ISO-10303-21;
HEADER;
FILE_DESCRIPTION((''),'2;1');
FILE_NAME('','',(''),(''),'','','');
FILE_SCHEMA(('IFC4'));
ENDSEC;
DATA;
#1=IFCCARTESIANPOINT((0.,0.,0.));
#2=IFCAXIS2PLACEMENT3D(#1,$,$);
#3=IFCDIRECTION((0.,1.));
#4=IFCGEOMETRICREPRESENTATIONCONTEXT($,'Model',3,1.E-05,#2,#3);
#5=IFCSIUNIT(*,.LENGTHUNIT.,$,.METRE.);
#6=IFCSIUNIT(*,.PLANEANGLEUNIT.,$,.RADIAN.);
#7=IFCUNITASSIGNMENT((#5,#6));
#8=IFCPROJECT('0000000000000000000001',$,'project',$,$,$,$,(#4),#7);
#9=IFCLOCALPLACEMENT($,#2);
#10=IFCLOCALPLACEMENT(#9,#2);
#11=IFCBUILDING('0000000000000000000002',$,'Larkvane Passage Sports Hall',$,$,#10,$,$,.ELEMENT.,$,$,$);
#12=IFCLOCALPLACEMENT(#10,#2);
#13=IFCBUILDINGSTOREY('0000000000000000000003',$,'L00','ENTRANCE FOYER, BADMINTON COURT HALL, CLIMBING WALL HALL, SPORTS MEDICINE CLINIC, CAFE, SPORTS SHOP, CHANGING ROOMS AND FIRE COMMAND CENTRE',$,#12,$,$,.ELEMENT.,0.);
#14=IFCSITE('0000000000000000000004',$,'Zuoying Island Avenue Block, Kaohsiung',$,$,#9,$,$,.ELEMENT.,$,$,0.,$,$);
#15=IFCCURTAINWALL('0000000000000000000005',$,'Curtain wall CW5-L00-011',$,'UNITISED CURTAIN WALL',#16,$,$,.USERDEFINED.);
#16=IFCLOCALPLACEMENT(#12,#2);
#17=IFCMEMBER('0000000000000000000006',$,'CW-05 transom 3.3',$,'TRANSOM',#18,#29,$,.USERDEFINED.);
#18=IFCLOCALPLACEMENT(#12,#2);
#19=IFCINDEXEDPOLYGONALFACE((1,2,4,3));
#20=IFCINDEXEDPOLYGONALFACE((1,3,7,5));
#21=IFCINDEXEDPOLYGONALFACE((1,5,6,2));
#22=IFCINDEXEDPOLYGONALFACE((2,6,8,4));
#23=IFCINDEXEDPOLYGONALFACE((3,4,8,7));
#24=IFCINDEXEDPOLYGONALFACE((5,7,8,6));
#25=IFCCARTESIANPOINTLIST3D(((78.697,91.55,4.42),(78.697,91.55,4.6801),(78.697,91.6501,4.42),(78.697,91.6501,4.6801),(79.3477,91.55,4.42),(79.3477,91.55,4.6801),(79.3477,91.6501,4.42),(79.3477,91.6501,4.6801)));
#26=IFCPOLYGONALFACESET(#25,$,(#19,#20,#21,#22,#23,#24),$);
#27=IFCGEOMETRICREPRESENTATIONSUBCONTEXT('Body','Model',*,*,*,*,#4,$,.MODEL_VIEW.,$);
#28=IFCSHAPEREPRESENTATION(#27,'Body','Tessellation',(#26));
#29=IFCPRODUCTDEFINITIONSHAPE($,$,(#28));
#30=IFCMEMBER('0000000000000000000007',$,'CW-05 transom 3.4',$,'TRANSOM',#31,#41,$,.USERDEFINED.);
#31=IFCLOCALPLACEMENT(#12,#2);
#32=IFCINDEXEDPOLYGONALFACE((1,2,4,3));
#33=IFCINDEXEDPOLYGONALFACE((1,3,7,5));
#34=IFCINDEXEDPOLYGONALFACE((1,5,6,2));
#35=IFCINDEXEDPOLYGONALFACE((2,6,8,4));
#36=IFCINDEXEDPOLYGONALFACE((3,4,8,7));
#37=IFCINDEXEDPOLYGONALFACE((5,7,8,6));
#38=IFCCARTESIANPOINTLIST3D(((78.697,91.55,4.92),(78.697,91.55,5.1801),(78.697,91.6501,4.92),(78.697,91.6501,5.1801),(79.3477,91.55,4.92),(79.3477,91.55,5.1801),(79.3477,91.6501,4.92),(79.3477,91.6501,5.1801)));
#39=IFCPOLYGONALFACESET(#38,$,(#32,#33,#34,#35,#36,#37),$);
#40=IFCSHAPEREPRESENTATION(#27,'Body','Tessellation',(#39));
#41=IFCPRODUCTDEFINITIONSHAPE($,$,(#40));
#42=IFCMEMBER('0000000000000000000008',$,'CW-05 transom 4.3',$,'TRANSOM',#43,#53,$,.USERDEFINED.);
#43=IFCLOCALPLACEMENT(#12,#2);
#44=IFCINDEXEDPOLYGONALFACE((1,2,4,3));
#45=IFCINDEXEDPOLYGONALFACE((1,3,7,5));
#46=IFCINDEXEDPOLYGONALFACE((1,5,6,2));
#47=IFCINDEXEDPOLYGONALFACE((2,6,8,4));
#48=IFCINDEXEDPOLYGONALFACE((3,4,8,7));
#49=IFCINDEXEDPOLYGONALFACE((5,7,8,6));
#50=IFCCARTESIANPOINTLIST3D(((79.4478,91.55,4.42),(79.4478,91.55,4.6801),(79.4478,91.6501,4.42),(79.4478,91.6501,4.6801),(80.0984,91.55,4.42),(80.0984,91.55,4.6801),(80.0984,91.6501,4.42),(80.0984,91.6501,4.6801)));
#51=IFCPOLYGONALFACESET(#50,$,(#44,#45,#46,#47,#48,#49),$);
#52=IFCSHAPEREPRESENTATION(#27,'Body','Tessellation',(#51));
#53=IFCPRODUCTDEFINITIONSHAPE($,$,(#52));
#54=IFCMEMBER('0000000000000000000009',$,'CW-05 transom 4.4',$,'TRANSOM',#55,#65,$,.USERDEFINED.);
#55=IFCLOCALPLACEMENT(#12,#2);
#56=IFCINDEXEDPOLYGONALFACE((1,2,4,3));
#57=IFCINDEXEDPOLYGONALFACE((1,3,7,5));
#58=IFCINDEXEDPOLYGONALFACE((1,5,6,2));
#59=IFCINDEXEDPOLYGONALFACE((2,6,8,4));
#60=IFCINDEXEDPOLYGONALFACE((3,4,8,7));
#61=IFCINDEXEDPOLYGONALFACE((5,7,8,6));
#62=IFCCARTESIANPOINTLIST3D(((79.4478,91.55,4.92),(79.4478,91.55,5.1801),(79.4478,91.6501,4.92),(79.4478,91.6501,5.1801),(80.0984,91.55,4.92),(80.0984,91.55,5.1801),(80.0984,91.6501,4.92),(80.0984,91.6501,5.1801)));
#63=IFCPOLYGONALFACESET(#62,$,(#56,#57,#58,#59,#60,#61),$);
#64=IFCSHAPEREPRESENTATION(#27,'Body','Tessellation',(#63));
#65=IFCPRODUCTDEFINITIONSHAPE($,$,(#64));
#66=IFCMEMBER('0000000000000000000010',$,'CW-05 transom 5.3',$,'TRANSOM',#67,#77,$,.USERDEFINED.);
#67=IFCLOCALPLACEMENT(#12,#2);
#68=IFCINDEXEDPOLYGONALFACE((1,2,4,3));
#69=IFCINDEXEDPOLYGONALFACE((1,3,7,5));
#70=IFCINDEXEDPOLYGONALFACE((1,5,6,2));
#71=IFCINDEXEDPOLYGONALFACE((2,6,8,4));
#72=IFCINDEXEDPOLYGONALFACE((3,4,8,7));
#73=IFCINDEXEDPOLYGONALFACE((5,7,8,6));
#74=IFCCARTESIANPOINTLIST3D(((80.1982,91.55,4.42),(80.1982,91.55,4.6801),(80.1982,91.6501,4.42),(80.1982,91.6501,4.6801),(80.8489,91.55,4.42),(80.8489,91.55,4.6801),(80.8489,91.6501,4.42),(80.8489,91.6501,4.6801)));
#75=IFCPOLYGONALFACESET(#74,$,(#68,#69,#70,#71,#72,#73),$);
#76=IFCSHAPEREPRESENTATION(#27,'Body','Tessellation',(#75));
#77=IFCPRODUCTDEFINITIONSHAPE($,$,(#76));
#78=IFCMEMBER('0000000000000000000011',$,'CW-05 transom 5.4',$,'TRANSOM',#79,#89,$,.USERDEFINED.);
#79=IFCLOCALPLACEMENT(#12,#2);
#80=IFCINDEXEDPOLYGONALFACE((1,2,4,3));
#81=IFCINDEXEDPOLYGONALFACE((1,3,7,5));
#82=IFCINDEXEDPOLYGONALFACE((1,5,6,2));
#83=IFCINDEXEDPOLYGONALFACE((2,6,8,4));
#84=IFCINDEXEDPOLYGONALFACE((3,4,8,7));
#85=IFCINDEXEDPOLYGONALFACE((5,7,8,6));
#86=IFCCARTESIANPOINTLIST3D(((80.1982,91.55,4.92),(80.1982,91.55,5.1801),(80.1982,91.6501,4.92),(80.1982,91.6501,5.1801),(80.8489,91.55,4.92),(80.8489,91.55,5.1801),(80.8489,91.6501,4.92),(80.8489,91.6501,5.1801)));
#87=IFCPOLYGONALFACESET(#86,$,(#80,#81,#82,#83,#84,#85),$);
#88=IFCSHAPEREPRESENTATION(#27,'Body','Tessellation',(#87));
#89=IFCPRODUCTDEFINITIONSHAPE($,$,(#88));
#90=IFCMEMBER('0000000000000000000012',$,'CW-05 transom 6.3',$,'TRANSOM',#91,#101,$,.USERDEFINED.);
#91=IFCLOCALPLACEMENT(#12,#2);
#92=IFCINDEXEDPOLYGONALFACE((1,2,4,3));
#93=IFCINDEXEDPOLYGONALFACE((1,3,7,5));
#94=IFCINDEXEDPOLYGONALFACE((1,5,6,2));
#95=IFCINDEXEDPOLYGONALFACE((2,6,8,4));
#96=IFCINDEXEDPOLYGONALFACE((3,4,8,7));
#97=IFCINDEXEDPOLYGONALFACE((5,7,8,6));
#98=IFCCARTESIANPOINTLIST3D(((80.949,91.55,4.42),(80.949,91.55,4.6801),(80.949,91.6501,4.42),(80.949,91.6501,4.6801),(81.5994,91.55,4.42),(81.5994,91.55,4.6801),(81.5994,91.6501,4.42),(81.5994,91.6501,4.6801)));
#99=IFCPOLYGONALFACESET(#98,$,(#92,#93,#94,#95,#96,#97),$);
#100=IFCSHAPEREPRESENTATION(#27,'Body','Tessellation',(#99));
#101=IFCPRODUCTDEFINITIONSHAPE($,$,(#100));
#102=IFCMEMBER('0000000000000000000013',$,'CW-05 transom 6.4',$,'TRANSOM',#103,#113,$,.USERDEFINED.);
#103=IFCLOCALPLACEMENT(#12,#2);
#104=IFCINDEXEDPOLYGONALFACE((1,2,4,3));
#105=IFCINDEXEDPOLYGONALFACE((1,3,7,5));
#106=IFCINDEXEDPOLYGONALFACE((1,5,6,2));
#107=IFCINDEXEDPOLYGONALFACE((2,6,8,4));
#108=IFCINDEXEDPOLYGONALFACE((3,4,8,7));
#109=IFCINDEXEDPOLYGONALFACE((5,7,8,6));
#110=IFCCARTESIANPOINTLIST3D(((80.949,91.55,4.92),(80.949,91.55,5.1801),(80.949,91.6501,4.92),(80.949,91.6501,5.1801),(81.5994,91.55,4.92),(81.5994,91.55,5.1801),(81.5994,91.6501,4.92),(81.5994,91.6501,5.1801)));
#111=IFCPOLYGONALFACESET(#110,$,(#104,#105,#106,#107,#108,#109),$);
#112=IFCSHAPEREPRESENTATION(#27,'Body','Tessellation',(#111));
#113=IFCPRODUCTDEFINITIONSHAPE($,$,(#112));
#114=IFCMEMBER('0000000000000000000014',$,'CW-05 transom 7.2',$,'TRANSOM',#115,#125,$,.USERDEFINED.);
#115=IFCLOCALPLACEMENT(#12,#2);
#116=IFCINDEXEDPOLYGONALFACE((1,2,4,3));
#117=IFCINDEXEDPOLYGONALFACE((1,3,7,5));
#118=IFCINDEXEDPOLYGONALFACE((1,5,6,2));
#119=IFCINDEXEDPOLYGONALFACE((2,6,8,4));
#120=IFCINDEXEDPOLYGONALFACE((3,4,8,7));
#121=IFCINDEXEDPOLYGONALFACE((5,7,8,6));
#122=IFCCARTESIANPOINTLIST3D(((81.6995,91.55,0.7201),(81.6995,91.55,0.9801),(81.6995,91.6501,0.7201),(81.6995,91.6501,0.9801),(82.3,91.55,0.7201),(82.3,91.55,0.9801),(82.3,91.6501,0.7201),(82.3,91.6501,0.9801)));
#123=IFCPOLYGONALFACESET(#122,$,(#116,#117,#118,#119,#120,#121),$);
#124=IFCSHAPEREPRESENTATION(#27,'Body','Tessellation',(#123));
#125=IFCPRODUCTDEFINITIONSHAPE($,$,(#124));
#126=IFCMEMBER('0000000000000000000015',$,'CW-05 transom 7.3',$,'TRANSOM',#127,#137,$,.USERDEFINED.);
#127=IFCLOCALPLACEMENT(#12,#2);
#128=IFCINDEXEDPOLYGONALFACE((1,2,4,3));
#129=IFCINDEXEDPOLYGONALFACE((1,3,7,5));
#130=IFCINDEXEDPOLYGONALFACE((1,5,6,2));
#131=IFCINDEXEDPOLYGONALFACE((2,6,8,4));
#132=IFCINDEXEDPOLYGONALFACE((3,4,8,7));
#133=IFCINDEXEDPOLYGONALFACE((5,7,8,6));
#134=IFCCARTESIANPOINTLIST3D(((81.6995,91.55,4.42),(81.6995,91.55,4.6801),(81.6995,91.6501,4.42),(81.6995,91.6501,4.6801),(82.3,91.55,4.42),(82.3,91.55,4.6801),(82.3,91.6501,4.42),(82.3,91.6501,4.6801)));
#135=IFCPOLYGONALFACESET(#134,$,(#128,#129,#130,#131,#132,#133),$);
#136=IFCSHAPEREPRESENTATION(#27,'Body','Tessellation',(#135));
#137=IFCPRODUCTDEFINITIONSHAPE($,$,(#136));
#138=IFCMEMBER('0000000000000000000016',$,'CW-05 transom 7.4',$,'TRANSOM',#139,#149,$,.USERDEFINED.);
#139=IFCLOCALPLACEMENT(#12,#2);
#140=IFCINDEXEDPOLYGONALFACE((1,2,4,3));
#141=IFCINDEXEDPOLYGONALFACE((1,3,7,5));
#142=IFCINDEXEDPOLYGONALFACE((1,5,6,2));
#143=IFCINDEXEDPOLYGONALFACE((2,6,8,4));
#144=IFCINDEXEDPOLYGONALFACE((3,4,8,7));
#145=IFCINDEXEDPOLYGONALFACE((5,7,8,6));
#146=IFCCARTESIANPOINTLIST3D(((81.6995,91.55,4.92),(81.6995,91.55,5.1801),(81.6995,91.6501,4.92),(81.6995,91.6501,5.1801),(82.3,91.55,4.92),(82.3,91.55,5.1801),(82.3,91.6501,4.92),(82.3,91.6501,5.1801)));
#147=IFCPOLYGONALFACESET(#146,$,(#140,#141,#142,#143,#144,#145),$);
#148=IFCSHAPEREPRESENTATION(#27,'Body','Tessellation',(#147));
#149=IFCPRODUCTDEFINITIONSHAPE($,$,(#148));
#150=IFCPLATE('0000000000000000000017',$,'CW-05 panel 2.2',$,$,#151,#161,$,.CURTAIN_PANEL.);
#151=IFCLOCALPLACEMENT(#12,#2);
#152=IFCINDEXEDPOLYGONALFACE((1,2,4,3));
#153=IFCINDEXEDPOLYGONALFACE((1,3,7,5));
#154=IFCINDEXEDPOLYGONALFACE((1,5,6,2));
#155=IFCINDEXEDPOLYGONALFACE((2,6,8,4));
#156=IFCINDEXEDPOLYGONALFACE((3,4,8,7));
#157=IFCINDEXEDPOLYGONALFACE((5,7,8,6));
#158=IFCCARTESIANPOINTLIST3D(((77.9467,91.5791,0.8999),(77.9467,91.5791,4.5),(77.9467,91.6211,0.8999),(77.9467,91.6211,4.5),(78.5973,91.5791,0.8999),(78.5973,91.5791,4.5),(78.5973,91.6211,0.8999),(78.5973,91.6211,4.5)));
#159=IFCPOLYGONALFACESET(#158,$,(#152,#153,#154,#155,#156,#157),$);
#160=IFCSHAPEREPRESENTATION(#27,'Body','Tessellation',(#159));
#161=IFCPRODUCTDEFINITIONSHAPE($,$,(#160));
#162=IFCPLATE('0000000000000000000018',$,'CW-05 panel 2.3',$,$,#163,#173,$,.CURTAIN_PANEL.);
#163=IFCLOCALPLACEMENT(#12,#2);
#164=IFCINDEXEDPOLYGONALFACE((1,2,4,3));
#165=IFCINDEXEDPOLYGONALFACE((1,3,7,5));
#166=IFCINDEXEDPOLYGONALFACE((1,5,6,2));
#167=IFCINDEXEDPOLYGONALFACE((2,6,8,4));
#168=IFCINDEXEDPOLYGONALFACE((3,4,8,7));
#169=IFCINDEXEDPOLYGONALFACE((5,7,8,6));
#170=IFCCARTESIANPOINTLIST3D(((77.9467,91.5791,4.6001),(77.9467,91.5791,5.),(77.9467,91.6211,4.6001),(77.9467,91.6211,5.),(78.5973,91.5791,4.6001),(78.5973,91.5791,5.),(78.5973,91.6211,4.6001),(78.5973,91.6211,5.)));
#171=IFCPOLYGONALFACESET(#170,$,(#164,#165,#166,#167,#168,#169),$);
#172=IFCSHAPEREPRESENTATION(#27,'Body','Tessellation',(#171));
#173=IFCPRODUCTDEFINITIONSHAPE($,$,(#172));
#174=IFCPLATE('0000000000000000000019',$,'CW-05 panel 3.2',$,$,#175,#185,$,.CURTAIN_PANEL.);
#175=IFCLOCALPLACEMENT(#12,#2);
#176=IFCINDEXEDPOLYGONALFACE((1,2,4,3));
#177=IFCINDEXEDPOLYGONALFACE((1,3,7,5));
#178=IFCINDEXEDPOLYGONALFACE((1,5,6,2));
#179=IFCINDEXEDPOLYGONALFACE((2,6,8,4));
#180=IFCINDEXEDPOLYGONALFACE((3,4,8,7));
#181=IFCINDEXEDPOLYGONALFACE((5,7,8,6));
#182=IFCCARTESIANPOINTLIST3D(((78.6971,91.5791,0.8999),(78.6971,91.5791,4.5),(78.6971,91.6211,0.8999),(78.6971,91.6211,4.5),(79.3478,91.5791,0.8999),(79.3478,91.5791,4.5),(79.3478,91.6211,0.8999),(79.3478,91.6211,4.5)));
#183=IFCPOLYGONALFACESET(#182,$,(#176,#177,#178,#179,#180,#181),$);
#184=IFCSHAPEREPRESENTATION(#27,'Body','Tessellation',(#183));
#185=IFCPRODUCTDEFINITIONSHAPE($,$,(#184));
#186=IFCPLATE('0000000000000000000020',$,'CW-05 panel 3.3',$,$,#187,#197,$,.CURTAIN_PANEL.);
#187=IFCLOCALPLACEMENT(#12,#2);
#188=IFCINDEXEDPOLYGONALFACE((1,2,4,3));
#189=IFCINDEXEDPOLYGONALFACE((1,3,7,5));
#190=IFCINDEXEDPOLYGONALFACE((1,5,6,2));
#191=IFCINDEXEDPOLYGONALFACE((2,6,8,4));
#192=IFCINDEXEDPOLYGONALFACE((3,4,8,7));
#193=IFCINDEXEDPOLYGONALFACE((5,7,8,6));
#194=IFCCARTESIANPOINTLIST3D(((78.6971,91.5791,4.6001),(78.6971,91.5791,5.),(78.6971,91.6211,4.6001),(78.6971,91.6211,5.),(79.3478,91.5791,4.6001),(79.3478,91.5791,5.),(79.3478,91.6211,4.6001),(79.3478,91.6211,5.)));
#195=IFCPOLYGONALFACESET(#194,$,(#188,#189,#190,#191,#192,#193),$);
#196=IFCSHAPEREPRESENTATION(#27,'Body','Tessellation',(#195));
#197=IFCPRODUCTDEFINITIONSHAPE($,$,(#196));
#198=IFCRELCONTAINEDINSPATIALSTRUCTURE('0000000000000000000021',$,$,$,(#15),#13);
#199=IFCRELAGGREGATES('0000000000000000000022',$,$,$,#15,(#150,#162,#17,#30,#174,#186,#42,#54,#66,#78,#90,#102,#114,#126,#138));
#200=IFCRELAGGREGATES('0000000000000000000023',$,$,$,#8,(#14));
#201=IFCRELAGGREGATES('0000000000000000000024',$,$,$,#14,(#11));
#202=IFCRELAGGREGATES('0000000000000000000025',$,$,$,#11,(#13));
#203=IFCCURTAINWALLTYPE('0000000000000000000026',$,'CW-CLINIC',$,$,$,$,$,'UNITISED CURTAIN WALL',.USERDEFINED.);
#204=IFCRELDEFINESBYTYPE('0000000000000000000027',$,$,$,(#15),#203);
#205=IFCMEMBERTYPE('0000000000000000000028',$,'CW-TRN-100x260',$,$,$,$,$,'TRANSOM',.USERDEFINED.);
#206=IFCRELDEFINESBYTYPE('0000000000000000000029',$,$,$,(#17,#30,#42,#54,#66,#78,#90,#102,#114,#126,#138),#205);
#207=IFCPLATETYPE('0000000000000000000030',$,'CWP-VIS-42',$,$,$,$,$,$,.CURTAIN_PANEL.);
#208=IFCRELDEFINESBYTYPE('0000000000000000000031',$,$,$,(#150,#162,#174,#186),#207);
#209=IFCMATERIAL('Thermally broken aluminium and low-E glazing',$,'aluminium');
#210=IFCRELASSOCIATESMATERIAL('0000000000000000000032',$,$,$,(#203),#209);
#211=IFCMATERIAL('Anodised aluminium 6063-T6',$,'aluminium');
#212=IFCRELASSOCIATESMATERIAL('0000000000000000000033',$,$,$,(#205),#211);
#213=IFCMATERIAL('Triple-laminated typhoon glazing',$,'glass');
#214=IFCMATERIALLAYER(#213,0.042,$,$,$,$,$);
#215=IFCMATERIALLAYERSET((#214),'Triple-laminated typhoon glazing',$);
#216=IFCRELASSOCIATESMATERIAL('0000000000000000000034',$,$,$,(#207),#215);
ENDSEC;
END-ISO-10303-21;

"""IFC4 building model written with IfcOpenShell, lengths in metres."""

from ifc_helpers import new_model, si_unit, direction, frame, origin, origin_2d, place, context, subcontext, project, spatial, rectangle, extrude, material, layer, layer_set, material_profile, profile_set, type_object, element, aggregate, save


model = new_model("IFC4")

# Units and contexts
model_context = context("Model", 3, precision=1e-05, world=origin(), true_north=direction((0.0, 1.0)))
body_context = subcontext(model_context, "Body", "Model", "MODEL_VIEW")
ifc_project = project(units=[si_unit("LENGTHUNIT", "METRE"), si_unit("PLANEANGLEUNIT", "RADIAN")], contexts=[model_context])

# Site, building, storey
site_placement = place(None, origin())
site = spatial("IfcSite", under=ifc_project, at=site_placement, Name="Zuoying Island Avenue Block, Kaohsiung", CompositionType="ELEMENT", RefElevation=0.0)
building_placement = place(site_placement, origin())
building = spatial("IfcBuilding", under=site, at=building_placement, Name="Larkvane Passage Sports Hall", CompositionType="ELEMENT")
storey_placement = place(building_placement, origin())
storey = spatial("IfcBuildingStorey", under=building, at=storey_placement, Name="L00", Description="ENTRANCE FOYER, BADMINTON COURT HALL, CLIMBING WALL HALL, SPORTS MEDICINE CLINIC, CAFE, SPORTS SHOP, CHANGING ROOMS AND FIRE COMMAND CENTRE", CompositionType="ELEMENT", Elevation=0.0)

# Curtain wall, members, plates
ifc_material_1 = material(Name="Thermally broken aluminium and low-E glazing", Category="aluminium")
curtain_wall_type = type_object("IfcCurtainWallType", Name="CW-CLINIC", ElementType="UNITISED CURTAIN WALL", PredefinedType="USERDEFINED", material=ifc_material_1)
curtain_wall_placement = place(storey_placement, origin())
curtain_wall = element("IfcCurtainWall", 1, at=curtain_wall_placement, inside=storey, type_object=curtain_wall_type, Name="Curtain wall CW5-L00-011", ObjectType="UNITISED CURTAIN WALL", PredefinedType="USERDEFINED")
ifc_material_2 = material(Name="Anodised aluminium 6063-T6", Category="aluminium")
ifc_material_profile = material_profile(ifc_material_2, rectangle(XDim=0.1001, YDim=0.26, at=origin_2d()), Name="ALU-TRN-100x260")
ifc_profile_set = profile_set([ifc_material_profile], Name="Anodised aluminium 6063-T6")
member_type = type_object("IfcMemberType", Name="CW-TRN-100x260", ElementType="TRANSOM", PredefinedType="USERDEFINED", material=ifc_profile_set)
member_1_placement = place(storey_placement, frame((78.697, 91.6001, 4.55), z_axis=(1.0, 0.0, 0.0), x_axis=(0.0, 1.0, 0.0)))
member_1 = element("IfcMember", 2, at=member_1_placement, type_object=member_type, Name="CW-05 transom 3.3", ObjectType="TRANSOM", PredefinedType="USERDEFINED", context=body_context, shape_type="SweptSolid", body=[
    extrude(rectangle(XDim=0.1001, YDim=0.26, at=origin_2d()), origin(), (0.0, 0.0, 1.0), 0.6506),
])
member_2_placement = place(storey_placement, frame((78.697, 91.6001, 5.05), z_axis=(1.0, 0.0, 0.0), x_axis=(0.0, 1.0, 0.0)))
member_2 = element("IfcMember", 3, at=member_2_placement, type_object=member_type, Name="CW-05 transom 3.4", ObjectType="TRANSOM", PredefinedType="USERDEFINED", context=body_context, shape_type="SweptSolid", body=[
    extrude(rectangle(XDim=0.1001, YDim=0.26, at=origin_2d()), origin(), (0.0, 0.0, 1.0), 0.6506),
])
member_3_placement = place(storey_placement, frame((79.4478, 91.6001, 4.55), z_axis=(1.0, 0.0, 0.0), x_axis=(0.0, 1.0, 0.0)))
member_3 = element("IfcMember", 4, at=member_3_placement, type_object=member_type, Name="CW-05 transom 4.3", ObjectType="TRANSOM", PredefinedType="USERDEFINED", context=body_context, shape_type="SweptSolid", body=[
    extrude(rectangle(XDim=0.1001, YDim=0.26, at=origin_2d()), origin(), (0.0, 0.0, 1.0), 0.6506),
])
member_4_placement = place(storey_placement, frame((79.4478, 91.6001, 5.05), z_axis=(1.0, 0.0, 0.0), x_axis=(0.0, 1.0, 0.0)))
member_4 = element("IfcMember", 5, at=member_4_placement, type_object=member_type, Name="CW-05 transom 4.4", ObjectType="TRANSOM", PredefinedType="USERDEFINED", context=body_context, shape_type="SweptSolid", body=[
    extrude(rectangle(XDim=0.1001, YDim=0.26, at=origin_2d()), origin(), (0.0, 0.0, 1.0), 0.6506),
])
member_5_placement = place(storey_placement, frame((80.1982, 91.6001, 4.55), z_axis=(1.0, 0.0, 0.0), x_axis=(0.0, 1.0, 0.0)))
member_5 = element("IfcMember", 6, at=member_5_placement, type_object=member_type, Name="CW-05 transom 5.3", ObjectType="TRANSOM", PredefinedType="USERDEFINED", context=body_context, shape_type="SweptSolid", body=[
    extrude(rectangle(XDim=0.1001, YDim=0.26, at=origin_2d()), origin(), (0.0, 0.0, 1.0), 0.6506),
])
member_6_placement = place(storey_placement, frame((80.1982, 91.6001, 5.05), z_axis=(1.0, 0.0, 0.0), x_axis=(0.0, 1.0, 0.0)))
member_6 = element("IfcMember", 7, at=member_6_placement, type_object=member_type, Name="CW-05 transom 5.4", ObjectType="TRANSOM", PredefinedType="USERDEFINED", context=body_context, shape_type="SweptSolid", body=[
    extrude(rectangle(XDim=0.1001, YDim=0.26, at=origin_2d()), origin(), (0.0, 0.0, 1.0), 0.6506),
])
member_7_placement = place(storey_placement, frame((80.949, 91.6001, 4.55), z_axis=(1.0, 0.0, 0.0), x_axis=(0.0, 1.0, 0.0)))
member_7 = element("IfcMember", 8, at=member_7_placement, type_object=member_type, Name="CW-05 transom 6.3", ObjectType="TRANSOM", PredefinedType="USERDEFINED", context=body_context, shape_type="SweptSolid", body=[
    extrude(rectangle(XDim=0.1001, YDim=0.26, at=origin_2d()), origin(), (0.0, 0.0, 1.0), 0.6504),
])
member_8_placement = place(storey_placement, frame((80.949, 91.6001, 5.05), z_axis=(1.0, 0.0, 0.0), x_axis=(0.0, 1.0, 0.0)))
member_8 = element("IfcMember", 9, at=member_8_placement, type_object=member_type, Name="CW-05 transom 6.4", ObjectType="TRANSOM", PredefinedType="USERDEFINED", context=body_context, shape_type="SweptSolid", body=[
    extrude(rectangle(XDim=0.1001, YDim=0.26, at=origin_2d()), origin(), (0.0, 0.0, 1.0), 0.6504),
])
member_9_placement = place(storey_placement, frame((81.6995, 91.6001, 0.8501), z_axis=(1.0, 0.0, 0.0), x_axis=(0.0, 1.0, 0.0)))
member_9 = element("IfcMember", 10, at=member_9_placement, type_object=member_type, Name="CW-05 transom 7.2", ObjectType="TRANSOM", PredefinedType="USERDEFINED", context=body_context, shape_type="SweptSolid", body=[
    extrude(rectangle(XDim=0.1001, YDim=0.26, at=origin_2d()), origin(), (0.0, 0.0, 1.0), 0.6006),
])
member_10_placement = place(storey_placement, frame((81.6995, 91.6001, 4.55), z_axis=(1.0, 0.0, 0.0), x_axis=(0.0, 1.0, 0.0)))
member_10 = element("IfcMember", 11, at=member_10_placement, type_object=member_type, Name="CW-05 transom 7.3", ObjectType="TRANSOM", PredefinedType="USERDEFINED", context=body_context, shape_type="SweptSolid", body=[
    extrude(rectangle(XDim=0.1001, YDim=0.26, at=origin_2d()), origin(), (0.0, 0.0, 1.0), 0.6006),
])
member_11_placement = place(storey_placement, frame((81.6995, 91.6001, 5.05), z_axis=(1.0, 0.0, 0.0), x_axis=(0.0, 1.0, 0.0)))
member_11 = element("IfcMember", 12, at=member_11_placement, type_object=member_type, Name="CW-05 transom 7.4", ObjectType="TRANSOM", PredefinedType="USERDEFINED", context=body_context, shape_type="SweptSolid", body=[
    extrude(rectangle(XDim=0.1001, YDim=0.26, at=origin_2d()), origin(), (0.0, 0.0, 1.0), 0.6006),
])
ifc_material_3 = material(Name="Triple-laminated typhoon glazing", Category="glass")
ifc_layer = layer(ifc_material_3, 0.042)
ifc_layer_set = layer_set([ifc_layer], Name="Triple-laminated typhoon glazing")
plate_type = type_object("IfcPlateType", Name="CWP-VIS-42", PredefinedType="CURTAIN_PANEL", material=ifc_layer_set)
plate_1_placement = place(storey_placement, frame((78.272, 91.6001, 0.8999), z_axis=(0.0, 0.0, 1.0), x_axis=(1.0, 0.0, 0.0)))
plate_1 = element("IfcPlate", 13, at=plate_1_placement, type_object=plate_type, Name="CW-05 panel 2.2", PredefinedType="CURTAIN_PANEL", context=body_context, shape_type="SweptSolid", body=[
    extrude(rectangle(XDim=0.6506, YDim=0.042, at=origin_2d()), origin(), (0.0, 0.0, 1.0), 3.6001),
])
plate_2_placement = place(storey_placement, frame((78.272, 91.6001, 4.6001), z_axis=(0.0, 0.0, 1.0), x_axis=(1.0, 0.0, 0.0)))
plate_2 = element("IfcPlate", 14, at=plate_2_placement, type_object=plate_type, Name="CW-05 panel 2.3", PredefinedType="CURTAIN_PANEL", context=body_context, shape_type="SweptSolid", body=[
    extrude(rectangle(XDim=0.6506, YDim=0.042, at=origin_2d()), origin(), (0.0, 0.0, 1.0), 0.3999),
])
plate_3_placement = place(storey_placement, frame((79.0225, 91.6001, 0.8999), z_axis=(0.0, 0.0, 1.0), x_axis=(1.0, 0.0, 0.0)))
plate_3 = element("IfcPlate", 15, at=plate_3_placement, type_object=plate_type, Name="CW-05 panel 3.2", PredefinedType="CURTAIN_PANEL", context=body_context, shape_type="SweptSolid", body=[
    extrude(rectangle(XDim=0.6506, YDim=0.042, at=origin_2d()), origin(), (0.0, 0.0, 1.0), 3.6001),
])
plate_4_placement = place(storey_placement, frame((79.0225, 91.6001, 4.6001), z_axis=(0.0, 0.0, 1.0), x_axis=(1.0, 0.0, 0.0)))
plate_4 = element("IfcPlate", 16, at=plate_4_placement, type_object=plate_type, Name="CW-05 panel 3.3", PredefinedType="CURTAIN_PANEL", context=body_context, shape_type="SweptSolid", body=[
    extrude(rectangle(XDim=0.6506, YDim=0.042, at=origin_2d()), origin(), (0.0, 0.0, 1.0), 0.3999),
])
aggregate(curtain_wall, [plate_1, plate_2, member_1, member_2, plate_3, plate_4, member_3, member_4, member_5, member_6, member_7, member_8, member_9, member_10, member_11])

save(model, "model.ifc")
